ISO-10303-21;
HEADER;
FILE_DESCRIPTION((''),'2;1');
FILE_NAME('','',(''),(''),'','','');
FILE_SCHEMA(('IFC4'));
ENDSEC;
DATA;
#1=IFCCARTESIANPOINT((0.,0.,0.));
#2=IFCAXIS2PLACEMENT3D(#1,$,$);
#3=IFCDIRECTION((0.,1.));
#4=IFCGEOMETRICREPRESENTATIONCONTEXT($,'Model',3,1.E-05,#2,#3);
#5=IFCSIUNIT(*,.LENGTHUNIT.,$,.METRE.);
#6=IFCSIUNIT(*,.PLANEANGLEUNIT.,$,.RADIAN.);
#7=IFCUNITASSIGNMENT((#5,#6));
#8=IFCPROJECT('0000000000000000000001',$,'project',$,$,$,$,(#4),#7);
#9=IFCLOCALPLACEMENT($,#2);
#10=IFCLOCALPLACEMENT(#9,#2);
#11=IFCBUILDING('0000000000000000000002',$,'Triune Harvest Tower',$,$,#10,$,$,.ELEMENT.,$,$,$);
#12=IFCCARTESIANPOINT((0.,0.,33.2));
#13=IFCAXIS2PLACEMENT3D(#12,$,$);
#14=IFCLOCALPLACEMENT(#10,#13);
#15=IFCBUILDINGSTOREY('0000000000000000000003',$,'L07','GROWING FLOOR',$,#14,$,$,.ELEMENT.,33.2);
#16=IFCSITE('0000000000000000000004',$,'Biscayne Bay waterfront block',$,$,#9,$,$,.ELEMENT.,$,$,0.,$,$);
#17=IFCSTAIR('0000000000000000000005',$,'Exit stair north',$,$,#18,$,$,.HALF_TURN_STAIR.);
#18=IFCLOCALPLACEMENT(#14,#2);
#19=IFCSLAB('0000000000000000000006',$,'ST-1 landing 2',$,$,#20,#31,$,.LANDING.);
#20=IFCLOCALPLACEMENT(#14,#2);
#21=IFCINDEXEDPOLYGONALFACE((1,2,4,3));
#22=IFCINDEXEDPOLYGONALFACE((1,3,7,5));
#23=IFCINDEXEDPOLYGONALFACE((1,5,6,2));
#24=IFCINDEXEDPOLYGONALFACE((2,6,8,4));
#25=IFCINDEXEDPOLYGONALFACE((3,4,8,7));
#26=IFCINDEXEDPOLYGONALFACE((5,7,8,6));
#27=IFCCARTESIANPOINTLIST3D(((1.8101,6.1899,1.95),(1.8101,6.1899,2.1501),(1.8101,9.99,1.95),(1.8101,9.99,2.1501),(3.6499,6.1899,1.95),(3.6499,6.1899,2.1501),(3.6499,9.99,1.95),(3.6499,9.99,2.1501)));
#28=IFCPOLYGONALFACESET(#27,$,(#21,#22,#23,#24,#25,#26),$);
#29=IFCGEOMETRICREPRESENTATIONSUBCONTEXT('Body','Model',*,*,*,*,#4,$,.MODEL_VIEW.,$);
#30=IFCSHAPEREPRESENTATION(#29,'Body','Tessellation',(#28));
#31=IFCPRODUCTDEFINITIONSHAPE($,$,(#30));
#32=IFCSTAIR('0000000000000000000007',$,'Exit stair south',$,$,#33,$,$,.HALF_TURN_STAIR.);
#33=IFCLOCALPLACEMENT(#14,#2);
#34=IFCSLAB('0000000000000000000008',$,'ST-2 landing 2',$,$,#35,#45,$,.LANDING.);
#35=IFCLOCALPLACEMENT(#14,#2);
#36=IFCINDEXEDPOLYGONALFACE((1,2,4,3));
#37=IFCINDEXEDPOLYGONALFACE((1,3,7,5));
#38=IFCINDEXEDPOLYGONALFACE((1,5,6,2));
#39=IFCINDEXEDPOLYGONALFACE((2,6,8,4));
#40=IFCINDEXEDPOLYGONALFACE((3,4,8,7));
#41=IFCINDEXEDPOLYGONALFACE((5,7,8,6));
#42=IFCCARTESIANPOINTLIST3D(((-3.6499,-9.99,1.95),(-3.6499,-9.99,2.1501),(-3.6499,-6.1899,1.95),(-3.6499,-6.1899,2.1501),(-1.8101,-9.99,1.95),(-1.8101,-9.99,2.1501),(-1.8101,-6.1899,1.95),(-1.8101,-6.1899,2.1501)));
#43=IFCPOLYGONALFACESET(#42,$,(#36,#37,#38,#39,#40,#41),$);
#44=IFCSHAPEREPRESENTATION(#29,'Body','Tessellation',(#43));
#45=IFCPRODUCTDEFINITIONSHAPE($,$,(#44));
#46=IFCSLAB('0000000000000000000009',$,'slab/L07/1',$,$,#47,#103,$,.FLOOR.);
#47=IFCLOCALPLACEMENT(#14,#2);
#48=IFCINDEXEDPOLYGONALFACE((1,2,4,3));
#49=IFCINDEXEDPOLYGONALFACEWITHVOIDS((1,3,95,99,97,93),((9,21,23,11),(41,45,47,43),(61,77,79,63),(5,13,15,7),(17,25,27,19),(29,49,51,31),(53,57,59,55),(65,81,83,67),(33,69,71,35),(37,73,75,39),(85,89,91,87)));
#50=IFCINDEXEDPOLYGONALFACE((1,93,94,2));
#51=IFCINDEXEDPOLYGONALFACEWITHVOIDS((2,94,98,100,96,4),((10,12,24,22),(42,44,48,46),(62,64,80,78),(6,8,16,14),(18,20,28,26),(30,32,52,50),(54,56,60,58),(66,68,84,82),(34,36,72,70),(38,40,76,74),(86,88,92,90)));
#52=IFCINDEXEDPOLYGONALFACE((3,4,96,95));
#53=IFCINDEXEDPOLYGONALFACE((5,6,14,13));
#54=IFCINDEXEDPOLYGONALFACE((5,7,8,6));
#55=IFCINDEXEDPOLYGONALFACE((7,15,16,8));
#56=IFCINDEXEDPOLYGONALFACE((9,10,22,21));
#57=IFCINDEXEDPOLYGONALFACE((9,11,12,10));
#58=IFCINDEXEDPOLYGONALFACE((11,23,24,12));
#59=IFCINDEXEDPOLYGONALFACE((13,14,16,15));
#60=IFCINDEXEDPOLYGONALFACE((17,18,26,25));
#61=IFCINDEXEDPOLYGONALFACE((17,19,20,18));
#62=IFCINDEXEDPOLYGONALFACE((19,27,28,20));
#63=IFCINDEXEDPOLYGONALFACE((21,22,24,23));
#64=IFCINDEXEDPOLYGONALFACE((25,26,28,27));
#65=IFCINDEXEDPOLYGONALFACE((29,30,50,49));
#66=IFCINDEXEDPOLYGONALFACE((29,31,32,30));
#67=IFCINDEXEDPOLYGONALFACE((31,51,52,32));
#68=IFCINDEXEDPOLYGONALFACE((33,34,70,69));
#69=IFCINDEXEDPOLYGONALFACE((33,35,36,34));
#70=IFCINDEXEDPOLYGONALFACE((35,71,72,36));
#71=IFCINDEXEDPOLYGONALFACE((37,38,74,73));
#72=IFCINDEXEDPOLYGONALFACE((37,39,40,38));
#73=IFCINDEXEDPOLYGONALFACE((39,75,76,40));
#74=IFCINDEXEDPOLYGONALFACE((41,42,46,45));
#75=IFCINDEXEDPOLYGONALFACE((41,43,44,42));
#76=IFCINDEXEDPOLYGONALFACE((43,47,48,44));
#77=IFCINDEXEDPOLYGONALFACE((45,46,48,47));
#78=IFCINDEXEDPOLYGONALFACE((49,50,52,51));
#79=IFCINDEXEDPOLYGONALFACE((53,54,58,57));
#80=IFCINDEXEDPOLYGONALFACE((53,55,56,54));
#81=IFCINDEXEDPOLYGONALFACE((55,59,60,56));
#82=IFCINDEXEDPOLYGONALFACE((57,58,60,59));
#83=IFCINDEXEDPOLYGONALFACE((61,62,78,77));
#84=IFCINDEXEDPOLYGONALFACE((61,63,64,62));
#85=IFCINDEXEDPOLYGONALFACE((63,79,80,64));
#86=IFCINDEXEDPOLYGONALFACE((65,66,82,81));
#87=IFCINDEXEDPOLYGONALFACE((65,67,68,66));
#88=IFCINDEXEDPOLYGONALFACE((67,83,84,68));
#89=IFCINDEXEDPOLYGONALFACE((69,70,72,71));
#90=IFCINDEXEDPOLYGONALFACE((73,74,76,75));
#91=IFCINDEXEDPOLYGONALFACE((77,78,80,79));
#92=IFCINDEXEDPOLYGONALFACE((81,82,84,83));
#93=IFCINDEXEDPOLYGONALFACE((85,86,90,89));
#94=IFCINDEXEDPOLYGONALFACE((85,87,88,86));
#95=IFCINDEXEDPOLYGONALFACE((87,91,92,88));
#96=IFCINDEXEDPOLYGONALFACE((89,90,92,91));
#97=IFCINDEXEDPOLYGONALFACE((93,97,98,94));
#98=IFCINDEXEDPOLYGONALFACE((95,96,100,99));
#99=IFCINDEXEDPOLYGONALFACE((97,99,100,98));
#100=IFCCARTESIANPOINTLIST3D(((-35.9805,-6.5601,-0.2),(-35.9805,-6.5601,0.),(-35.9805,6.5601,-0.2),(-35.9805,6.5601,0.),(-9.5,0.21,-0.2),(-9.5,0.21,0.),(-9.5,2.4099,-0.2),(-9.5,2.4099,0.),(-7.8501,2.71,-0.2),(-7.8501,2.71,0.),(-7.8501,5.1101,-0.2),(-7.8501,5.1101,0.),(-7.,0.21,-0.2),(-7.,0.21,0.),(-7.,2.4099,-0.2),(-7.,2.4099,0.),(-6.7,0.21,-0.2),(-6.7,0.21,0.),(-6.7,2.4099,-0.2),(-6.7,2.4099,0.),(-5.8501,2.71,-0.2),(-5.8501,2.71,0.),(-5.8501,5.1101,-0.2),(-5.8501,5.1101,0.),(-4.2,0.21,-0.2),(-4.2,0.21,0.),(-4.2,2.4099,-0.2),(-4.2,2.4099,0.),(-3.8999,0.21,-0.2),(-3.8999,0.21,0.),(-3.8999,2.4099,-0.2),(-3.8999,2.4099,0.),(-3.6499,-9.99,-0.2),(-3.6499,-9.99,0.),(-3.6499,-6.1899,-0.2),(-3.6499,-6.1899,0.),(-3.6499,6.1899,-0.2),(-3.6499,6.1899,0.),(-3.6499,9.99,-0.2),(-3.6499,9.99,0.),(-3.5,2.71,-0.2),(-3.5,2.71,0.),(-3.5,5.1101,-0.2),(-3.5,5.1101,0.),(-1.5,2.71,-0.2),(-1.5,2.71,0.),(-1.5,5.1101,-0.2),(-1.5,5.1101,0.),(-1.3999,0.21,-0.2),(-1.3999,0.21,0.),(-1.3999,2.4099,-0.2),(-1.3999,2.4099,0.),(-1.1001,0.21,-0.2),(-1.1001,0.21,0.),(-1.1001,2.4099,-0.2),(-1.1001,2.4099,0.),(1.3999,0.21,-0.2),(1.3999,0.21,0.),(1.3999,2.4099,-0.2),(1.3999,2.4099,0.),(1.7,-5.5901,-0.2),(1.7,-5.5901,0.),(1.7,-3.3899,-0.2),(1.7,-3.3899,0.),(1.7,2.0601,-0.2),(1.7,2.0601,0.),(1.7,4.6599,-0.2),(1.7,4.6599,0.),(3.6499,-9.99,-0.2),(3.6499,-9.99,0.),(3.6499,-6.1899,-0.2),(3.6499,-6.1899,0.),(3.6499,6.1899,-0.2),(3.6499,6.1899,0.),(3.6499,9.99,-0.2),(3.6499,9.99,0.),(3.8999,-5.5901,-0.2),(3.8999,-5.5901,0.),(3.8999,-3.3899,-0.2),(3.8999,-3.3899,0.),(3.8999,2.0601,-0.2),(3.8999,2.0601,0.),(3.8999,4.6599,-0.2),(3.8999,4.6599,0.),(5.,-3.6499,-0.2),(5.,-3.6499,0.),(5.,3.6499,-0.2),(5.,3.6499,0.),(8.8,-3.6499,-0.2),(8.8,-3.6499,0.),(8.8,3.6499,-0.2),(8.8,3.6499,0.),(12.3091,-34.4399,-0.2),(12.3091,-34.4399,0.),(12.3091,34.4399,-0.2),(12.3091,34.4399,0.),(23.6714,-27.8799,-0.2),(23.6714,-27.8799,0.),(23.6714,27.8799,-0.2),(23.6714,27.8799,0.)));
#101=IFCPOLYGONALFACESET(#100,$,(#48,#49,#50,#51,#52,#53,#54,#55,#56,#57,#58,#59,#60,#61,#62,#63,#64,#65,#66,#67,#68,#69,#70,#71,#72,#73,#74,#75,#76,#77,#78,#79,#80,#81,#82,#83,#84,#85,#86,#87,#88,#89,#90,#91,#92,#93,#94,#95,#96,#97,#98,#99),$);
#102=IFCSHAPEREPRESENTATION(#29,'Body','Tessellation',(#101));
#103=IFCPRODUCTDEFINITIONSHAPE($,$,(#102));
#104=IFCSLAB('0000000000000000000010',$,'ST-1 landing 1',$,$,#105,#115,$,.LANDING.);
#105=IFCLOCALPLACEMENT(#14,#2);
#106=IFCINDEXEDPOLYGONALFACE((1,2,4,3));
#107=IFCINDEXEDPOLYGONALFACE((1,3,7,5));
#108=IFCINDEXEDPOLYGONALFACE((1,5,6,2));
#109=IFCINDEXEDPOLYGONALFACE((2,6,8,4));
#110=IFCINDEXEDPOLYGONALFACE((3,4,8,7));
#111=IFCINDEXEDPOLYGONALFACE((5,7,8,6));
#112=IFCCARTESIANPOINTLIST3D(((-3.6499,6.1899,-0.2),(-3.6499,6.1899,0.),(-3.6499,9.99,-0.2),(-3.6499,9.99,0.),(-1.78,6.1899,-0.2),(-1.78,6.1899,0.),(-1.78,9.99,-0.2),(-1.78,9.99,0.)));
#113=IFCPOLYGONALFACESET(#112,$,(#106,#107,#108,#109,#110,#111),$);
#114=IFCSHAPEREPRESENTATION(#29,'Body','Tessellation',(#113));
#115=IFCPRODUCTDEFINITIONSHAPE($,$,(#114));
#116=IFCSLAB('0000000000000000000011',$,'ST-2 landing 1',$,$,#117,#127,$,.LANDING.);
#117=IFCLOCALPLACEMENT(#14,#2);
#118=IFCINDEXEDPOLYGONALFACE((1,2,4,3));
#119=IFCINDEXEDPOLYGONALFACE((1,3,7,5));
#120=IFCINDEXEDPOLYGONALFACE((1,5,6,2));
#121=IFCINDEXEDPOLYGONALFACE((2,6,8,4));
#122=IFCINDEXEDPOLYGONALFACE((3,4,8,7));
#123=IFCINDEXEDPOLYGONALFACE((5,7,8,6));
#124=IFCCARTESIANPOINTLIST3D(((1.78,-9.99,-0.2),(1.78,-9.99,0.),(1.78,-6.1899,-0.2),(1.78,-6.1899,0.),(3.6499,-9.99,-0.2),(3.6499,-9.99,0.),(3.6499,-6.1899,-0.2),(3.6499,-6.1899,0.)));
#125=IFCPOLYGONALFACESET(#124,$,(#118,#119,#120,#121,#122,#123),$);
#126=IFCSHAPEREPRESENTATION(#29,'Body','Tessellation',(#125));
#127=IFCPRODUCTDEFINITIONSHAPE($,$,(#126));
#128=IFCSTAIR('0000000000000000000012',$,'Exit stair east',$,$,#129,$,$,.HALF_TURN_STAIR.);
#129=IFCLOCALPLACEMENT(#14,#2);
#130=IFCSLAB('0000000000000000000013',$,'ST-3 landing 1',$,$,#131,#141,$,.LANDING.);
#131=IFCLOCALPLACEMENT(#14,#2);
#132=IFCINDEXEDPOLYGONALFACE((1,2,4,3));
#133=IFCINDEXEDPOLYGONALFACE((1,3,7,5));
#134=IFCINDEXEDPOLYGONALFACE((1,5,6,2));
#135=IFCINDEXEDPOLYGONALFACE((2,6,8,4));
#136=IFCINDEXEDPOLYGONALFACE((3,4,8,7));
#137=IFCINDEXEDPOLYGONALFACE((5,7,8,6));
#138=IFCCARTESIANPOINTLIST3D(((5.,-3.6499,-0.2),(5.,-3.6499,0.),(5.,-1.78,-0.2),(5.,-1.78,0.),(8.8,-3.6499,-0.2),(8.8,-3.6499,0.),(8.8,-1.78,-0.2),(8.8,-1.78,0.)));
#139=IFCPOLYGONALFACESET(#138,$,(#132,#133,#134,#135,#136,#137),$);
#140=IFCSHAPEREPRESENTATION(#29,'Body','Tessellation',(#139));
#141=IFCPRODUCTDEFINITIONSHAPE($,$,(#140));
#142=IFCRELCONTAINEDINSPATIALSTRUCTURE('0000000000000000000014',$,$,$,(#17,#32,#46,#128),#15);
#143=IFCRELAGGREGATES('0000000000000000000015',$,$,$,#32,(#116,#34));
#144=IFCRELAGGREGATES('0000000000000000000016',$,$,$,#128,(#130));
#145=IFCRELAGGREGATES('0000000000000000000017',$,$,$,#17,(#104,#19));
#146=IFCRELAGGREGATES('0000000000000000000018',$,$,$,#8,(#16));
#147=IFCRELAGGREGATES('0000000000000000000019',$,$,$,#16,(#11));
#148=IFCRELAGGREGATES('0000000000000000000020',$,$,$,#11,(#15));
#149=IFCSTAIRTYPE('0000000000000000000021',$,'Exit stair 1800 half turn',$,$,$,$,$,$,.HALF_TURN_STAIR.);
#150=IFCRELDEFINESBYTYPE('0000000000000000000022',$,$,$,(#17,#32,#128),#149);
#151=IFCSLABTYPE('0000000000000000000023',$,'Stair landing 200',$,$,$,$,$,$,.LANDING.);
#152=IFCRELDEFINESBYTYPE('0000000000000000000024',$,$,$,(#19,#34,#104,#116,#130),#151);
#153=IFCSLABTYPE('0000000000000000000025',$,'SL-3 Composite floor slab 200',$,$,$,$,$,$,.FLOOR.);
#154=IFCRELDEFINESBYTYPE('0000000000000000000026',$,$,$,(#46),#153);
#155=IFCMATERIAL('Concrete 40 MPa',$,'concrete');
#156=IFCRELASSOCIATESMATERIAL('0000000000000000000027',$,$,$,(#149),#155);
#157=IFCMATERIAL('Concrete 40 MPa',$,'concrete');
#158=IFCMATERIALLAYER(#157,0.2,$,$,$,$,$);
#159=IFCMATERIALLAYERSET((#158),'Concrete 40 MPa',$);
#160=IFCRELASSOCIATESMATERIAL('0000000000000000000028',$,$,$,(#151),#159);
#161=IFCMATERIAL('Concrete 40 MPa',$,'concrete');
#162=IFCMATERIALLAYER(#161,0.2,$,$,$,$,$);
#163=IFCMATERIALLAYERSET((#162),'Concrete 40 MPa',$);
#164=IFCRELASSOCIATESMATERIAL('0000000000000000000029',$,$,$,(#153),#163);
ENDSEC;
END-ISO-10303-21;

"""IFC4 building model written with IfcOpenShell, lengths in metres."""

from ifc_helpers import new_model, si_unit, direction, frame, origin, place, context, subcontext, project, spatial, polyline, outline, extrude, source, transform, mapped, material, layer, layer_set, type_object, element, aggregate, save


model = new_model("IFC4")

# Units and contexts
model_context = context("Model", 3, precision=1e-05, world=origin(), true_north=direction((0.0, 1.0)))
body_context = subcontext(model_context, "Body", "Model", "MODEL_VIEW")
ifc_project = project(units=[si_unit("LENGTHUNIT", "METRE"), si_unit("PLANEANGLEUNIT", "RADIAN")], contexts=[model_context])

# Site, building, storey
site_placement = place(None, origin())
site = spatial("IfcSite", under=ifc_project, at=site_placement, Name="Biscayne Bay waterfront block", CompositionType="ELEMENT", RefElevation=0.0)
building_placement = place(site_placement, origin())
building = spatial("IfcBuilding", under=site, at=building_placement, Name="Triune Harvest Tower", CompositionType="ELEMENT")
storey_placement = place(building_placement, frame((0.0, 0.0, 33.2)))
storey = spatial("IfcBuildingStorey", under=building, at=storey_placement, Name="L07", Description="GROWING FLOOR", CompositionType="ELEMENT", Elevation=33.2)

# Stairs, slabs
ifc_material_1 = material(Name="Concrete 40 MPa", Category="concrete")
stair_type = type_object("IfcStairType", Name="Exit stair 1800 half turn", PredefinedType="HALF_TURN_STAIR", material=ifc_material_1)
stair_1_placement = place(storey_placement, origin())
stair_1 = element("IfcStair", 1, at=stair_1_placement, inside=storey, type_object=stair_type, Name="Exit stair north", PredefinedType="HALF_TURN_STAIR")
ifc_material_2 = material(Name="Concrete 40 MPa", Category="concrete")
ifc_layer_1 = layer(ifc_material_2, 0.2)
ifc_layer_set_1 = layer_set([ifc_layer_1], Name="Concrete 40 MPa")
slab_type_1 = type_object("IfcSlabType", Name="Stair landing 200", PredefinedType="LANDING", material=ifc_layer_set_1)
slab_1_placement = place(storey_placement, frame((0.0, 0.0, 1.95)))
slab_1 = element("IfcSlab", 2, at=slab_1_placement, type_object=slab_type_1, Name="ST-1 landing 2", PredefinedType="LANDING", context=body_context, shape_type="SweptSolid", body=[
    extrude(outline(polyline([(1.8101, 6.1899), (3.6499, 6.1899), (3.6499, 9.99), (1.8101, 9.99), (1.8101, 6.1899)])), origin(), (0.0, 0.0, 1.0), 0.2002),
])
stair_2_placement = place(storey_placement, origin())
stair_2 = element("IfcStair", 3, at=stair_2_placement, inside=storey, type_object=stair_type, Name="Exit stair south", PredefinedType="HALF_TURN_STAIR")
slab_2_placement = place(storey_placement, frame((0.0, 0.0, 1.95)))
slab_2 = element("IfcSlab", 4, at=slab_2_placement, type_object=slab_type_1, Name="ST-2 landing 2", PredefinedType="LANDING", context=body_context, shape_type="SweptSolid", body=[
    extrude(outline(polyline([(-1.8101, -6.1899), (-3.6499, -6.1899), (-3.6499, -9.99), (-1.8101, -9.99), (-1.8101, -6.1899)])), origin(), (0.0, 0.0, 1.0), 0.2002),
])

# Slabs
ifc_material_3 = material(Name="Concrete 40 MPa", Category="concrete")
ifc_layer_2 = layer(ifc_material_3, 0.2)
ifc_layer_set_2 = layer_set([ifc_layer_2], Name="Concrete 40 MPa")
slab_type_2 = type_object("IfcSlabType", Name="SL-3 Composite floor slab 200", PredefinedType="FLOOR", material=ifc_layer_set_2)
shared_shape_1 = source(origin(), body_context, "Body", "SweptSolid", [
    extrude(outline(polyline([(23.6714, -27.8799), (23.6714, 27.8799), (12.3091, 34.4399), (-35.9805, 6.5601), (-35.9805, -6.5601), (12.3091, -34.4399), (23.6714, -27.8799)]), holes=[polyline([(-7.0, 0.21), (-7.0, 2.4099), (-9.5, 2.4099), (-9.5, 0.21), (-7.0, 0.21)]), polyline([(-4.2, 0.21), (-4.2, 2.4099), (-6.7, 2.4099), (-6.7, 0.21), (-4.2, 0.21)]), polyline([(-1.3999, 0.21), (-1.3999, 2.4099), (-3.8999, 2.4099), (-3.8999, 0.21), (-1.3999, 0.21)]), polyline([(1.3999, 0.21), (1.3999, 2.4099), (-1.1001, 2.4099), (-1.1001, 0.21), (1.3999, 0.21)]), polyline([(3.8999, 2.0601), (3.8999, 4.6599), (1.7, 4.6599), (1.7, 2.0601), (3.8999, 2.0601)]), polyline([(3.8999, -5.5901), (3.8999, -3.3899), (1.7, -3.3899), (1.7, -5.5901), (3.8999, -5.5901)]), polyline([(-5.8501, 2.71), (-5.8501, 5.1101), (-7.8501, 5.1101), (-7.8501, 2.71), (-5.8501, 2.71)]), polyline([(-1.5, 2.71), (-1.5, 5.1101), (-3.5, 5.1101), (-3.5, 2.71), (-1.5, 2.71)]), polyline([(3.6499, 6.1899), (3.6499, 9.99), (-3.6499, 9.99), (-3.6499, 6.1899), (3.6499, 6.1899)]), polyline([(3.6499, -9.99), (3.6499, -6.1899), (-3.6499, -6.1899), (-3.6499, -9.99), (3.6499, -9.99)]), polyline([(8.8, -3.6499), (8.8, 3.6499), (5.0, 3.6499), (5.0, -3.6499), (8.8, -3.6499)])]), origin(), (0.0, 0.0, 1.0), 0.2),
])
slab_3_placement = place(storey_placement, frame((0.0, 0.0, -0.2)))
element("IfcSlab", 5, at=slab_3_placement, inside=storey, type_object=slab_type_2, Name="slab/L07/1", PredefinedType="FLOOR", context=body_context, shape_type="MappedRepresentation", body=[
    mapped(shared_shape_1, transform((0.0, 0.0, 0.0), scale=1.0)),
])
shared_shape_2 = source(origin(), body_context, "Body", "SweptSolid", [
    extrude(outline(polyline([(-3.6499, 6.1899), (-1.78, 6.1899), (-1.78, 9.99), (-3.6499, 9.99), (-3.6499, 6.1899)])), origin(), (0.0, 0.0, 1.0), 0.2),
])
slab_4_placement = place(storey_placement, frame((0.0, 0.0, -0.2)))
slab_4 = element("IfcSlab", 6, at=slab_4_placement, type_object=slab_type_1, Name="ST-1 landing 1", PredefinedType="LANDING", context=body_context, shape_type="MappedRepresentation", body=[
    mapped(shared_shape_2, transform((0.0, 0.0, 0.0), scale=1.0)),
])
shared_shape_3 = source(origin(), body_context, "Body", "SweptSolid", [
    extrude(outline(polyline([(3.6499, -6.1899), (1.78, -6.1899), (1.78, -9.99), (3.6499, -9.99), (3.6499, -6.1899)])), origin(), (0.0, 0.0, 1.0), 0.2),
])
slab_5_placement = place(storey_placement, frame((0.0, 0.0, -0.2)))
slab_5 = element("IfcSlab", 7, at=slab_5_placement, type_object=slab_type_1, Name="ST-2 landing 1", PredefinedType="LANDING", context=body_context, shape_type="MappedRepresentation", body=[
    mapped(shared_shape_3, transform((0.0, 0.0, 0.0), scale=1.0)),
])
aggregate(stair_2, [slab_5, slab_2])

# Stair, slab
stair_3_placement = place(storey_placement, origin())
stair_3 = element("IfcStair", 8, at=stair_3_placement, inside=storey, type_object=stair_type, Name="Exit stair east", PredefinedType="HALF_TURN_STAIR")
shared_shape_4 = source(origin(), body_context, "Body", "SweptSolid", [
    extrude(outline(polyline([(8.8, -3.6499), (8.8, -1.78), (5.0, -1.78), (5.0, -3.6499), (8.8, -3.6499)])), origin(), (0.0, 0.0, 1.0), 0.2),
])
slab_6_placement = place(storey_placement, frame((0.0, 0.0, -0.2)))
slab_6 = element("IfcSlab", 9, at=slab_6_placement, type_object=slab_type_1, Name="ST-3 landing 1", PredefinedType="LANDING", context=body_context, shape_type="MappedRepresentation", body=[
    mapped(shared_shape_4, transform((0.0, 0.0, 0.0), scale=1.0)),
])
aggregate(stair_3, [slab_6])

aggregate(stair_1, [slab_4, slab_1])

save(model, "model.ifc")
